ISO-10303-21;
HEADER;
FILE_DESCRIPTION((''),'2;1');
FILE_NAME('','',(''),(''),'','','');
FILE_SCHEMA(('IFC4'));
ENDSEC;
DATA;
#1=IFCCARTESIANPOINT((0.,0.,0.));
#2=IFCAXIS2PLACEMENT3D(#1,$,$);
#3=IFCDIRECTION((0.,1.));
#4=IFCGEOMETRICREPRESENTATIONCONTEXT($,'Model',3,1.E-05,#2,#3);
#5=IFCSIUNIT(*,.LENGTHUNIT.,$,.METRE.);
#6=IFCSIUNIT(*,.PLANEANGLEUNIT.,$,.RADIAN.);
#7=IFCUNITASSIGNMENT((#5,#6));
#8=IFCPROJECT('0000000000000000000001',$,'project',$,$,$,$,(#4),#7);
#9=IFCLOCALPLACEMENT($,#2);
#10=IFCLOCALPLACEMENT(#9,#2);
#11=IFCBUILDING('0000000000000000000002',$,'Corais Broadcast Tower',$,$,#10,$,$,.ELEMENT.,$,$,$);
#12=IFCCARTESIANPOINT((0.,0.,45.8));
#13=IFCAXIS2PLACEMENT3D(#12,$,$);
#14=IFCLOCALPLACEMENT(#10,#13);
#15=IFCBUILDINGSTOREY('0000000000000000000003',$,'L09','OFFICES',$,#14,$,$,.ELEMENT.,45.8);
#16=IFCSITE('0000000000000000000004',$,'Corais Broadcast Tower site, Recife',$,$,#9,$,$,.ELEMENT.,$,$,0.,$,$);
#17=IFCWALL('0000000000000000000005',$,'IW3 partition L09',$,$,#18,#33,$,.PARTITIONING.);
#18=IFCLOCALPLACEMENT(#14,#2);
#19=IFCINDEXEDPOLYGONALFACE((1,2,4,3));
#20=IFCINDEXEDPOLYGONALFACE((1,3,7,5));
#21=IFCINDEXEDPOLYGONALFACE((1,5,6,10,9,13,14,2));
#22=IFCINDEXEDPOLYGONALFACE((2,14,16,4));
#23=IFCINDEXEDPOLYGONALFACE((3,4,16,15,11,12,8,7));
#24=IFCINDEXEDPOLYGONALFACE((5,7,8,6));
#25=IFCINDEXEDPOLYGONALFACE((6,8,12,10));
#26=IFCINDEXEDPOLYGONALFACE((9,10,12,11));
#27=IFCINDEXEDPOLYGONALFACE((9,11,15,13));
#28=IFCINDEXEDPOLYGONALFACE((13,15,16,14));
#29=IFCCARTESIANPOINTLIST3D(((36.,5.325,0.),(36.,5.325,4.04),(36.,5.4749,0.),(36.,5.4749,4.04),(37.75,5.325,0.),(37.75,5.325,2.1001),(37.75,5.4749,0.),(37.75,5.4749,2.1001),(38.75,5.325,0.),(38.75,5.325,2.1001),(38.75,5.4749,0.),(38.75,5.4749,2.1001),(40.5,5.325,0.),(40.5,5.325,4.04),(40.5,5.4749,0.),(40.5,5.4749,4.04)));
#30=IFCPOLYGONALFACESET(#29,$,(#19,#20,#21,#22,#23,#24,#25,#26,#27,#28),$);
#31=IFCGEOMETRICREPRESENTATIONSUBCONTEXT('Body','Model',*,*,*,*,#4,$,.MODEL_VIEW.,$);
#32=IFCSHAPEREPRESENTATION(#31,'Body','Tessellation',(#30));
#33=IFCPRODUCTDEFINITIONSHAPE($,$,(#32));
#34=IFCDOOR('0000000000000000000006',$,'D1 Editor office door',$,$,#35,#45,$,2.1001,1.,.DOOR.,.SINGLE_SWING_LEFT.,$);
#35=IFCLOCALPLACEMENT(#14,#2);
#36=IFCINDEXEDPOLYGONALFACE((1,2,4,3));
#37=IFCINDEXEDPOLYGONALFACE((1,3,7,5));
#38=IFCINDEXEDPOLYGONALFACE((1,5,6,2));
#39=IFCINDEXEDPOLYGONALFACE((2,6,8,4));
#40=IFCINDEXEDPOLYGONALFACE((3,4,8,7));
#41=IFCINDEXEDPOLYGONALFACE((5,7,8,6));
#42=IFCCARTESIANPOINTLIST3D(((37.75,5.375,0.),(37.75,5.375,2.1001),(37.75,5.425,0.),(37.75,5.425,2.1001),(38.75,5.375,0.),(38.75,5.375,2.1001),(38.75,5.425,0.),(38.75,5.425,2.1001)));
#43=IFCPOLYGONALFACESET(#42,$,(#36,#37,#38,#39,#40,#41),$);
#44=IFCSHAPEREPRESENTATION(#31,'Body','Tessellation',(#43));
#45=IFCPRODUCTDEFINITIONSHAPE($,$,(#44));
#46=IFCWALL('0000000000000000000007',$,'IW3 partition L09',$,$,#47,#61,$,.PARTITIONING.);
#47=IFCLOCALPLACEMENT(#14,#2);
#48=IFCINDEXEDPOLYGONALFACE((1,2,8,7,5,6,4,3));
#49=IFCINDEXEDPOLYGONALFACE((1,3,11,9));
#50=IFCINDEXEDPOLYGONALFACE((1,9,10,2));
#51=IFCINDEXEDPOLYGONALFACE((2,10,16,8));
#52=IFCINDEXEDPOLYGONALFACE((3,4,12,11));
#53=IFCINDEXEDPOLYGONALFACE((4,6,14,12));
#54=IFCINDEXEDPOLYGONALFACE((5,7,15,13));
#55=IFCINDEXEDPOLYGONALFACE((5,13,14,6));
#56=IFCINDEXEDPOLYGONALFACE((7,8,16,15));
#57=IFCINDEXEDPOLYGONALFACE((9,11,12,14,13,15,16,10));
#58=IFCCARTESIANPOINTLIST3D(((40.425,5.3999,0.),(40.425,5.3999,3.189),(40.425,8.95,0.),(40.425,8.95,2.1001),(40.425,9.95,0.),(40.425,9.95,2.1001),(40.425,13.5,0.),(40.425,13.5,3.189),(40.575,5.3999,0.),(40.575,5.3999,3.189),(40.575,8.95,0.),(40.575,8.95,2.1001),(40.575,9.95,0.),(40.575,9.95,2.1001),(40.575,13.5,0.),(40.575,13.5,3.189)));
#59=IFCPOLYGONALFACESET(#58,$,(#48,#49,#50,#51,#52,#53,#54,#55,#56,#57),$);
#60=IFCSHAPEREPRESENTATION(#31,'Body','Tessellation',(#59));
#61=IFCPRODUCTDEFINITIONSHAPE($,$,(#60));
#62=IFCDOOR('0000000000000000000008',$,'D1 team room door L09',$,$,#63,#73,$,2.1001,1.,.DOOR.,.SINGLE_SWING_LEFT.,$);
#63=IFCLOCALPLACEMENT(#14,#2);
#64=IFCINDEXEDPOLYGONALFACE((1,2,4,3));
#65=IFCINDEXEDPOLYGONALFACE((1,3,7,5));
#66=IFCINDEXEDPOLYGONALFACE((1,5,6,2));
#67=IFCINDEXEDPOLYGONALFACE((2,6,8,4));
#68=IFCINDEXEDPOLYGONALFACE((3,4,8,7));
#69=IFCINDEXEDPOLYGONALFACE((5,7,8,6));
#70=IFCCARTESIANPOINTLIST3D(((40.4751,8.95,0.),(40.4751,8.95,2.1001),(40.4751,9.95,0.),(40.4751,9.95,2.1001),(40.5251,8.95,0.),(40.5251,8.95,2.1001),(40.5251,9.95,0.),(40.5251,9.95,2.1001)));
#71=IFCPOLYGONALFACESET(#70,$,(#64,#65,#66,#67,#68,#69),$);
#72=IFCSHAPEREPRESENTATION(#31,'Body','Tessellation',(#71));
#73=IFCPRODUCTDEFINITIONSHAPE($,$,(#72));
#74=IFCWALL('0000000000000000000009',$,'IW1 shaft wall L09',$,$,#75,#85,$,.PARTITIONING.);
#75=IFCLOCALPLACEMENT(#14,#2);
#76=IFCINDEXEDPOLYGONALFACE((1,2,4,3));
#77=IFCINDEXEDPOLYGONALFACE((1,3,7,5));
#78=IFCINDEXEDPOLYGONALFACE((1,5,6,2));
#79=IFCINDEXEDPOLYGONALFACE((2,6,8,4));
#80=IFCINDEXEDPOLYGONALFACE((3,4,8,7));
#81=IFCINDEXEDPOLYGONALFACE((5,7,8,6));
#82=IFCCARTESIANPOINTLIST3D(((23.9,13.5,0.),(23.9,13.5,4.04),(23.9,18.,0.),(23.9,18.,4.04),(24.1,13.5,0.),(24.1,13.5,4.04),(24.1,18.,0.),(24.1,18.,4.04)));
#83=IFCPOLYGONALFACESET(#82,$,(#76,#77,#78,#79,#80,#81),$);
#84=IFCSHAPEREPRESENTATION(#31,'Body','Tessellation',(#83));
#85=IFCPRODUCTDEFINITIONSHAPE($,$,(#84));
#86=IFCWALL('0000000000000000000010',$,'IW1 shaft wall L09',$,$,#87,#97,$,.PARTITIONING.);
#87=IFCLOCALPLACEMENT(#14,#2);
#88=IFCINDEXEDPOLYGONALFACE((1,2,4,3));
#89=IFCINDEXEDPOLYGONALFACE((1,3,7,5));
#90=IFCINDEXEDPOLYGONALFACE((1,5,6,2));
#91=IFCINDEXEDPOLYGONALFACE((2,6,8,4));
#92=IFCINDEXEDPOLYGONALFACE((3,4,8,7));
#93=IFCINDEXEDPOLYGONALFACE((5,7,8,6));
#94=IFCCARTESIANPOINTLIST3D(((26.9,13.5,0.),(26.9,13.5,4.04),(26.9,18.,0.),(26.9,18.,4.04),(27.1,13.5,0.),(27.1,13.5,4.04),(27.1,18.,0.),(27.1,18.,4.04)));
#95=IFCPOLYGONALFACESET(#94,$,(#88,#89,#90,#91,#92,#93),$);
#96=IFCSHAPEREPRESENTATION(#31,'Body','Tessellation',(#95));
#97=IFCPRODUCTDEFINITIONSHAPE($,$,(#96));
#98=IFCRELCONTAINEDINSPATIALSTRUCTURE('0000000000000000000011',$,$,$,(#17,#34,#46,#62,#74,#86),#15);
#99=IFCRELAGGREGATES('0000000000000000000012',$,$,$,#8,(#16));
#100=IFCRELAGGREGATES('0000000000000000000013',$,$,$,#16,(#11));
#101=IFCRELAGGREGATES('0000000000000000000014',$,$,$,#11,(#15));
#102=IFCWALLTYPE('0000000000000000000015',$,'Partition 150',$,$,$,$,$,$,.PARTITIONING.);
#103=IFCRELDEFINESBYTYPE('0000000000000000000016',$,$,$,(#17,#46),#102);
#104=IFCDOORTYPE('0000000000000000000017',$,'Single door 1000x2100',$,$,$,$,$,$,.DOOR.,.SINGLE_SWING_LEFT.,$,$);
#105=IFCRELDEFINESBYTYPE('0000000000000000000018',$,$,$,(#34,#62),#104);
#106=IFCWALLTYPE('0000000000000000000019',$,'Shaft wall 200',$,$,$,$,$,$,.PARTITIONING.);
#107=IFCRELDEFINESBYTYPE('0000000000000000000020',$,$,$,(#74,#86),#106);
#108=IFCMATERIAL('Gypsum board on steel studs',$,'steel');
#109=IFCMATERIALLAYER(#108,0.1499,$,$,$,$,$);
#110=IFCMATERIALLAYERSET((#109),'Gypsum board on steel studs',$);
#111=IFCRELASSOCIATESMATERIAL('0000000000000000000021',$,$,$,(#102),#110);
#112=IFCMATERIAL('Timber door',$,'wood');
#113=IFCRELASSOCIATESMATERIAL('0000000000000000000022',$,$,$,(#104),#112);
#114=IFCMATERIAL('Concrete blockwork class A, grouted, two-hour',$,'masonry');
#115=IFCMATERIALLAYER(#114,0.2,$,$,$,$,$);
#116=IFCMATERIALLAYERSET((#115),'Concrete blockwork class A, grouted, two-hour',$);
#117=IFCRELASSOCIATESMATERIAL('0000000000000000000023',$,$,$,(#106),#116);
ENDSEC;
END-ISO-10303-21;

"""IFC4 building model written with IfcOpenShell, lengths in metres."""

from ifc_helpers import new_model, si_unit, direction, frame, frame_2d, origin, place, context, subcontext, project, spatial, rectangle, extrude, material, layer, layer_set, type_object, element, fill, save


model = new_model("IFC4")

# Units and contexts
model_context = context("Model", 3, precision=1e-05, world=origin(), true_north=direction((0.0, 1.0)))
body_context = subcontext(model_context, "Body", "Model", "MODEL_VIEW")
ifc_project = project(units=[si_unit("LENGTHUNIT", "METRE"), si_unit("PLANEANGLEUNIT", "RADIAN")], contexts=[model_context])

# Site, building, storey
site_placement = place(None, origin())
site = spatial("IfcSite", under=ifc_project, at=site_placement, Name="Corais Broadcast Tower site, Recife", CompositionType="ELEMENT", RefElevation=0.0)
building_placement = place(site_placement, origin())
building = spatial("IfcBuilding", under=site, at=building_placement, Name="Corais Broadcast Tower", CompositionType="ELEMENT")
storey_placement = place(building_placement, frame((0.0, 0.0, 45.8)))
storey = spatial("IfcBuildingStorey", under=building, at=storey_placement, Name="L09", Description="OFFICES", CompositionType="ELEMENT", Elevation=45.8)

# Shared definitions
ifc_material_1 = material(Name="Gypsum board on steel studs", Category="steel")
ifc_layer_1 = layer(ifc_material_1, 0.1499)
ifc_layer_set_1 = layer_set([ifc_layer_1], Name="Gypsum board on steel studs")
wall_type_1 = type_object("IfcWallType", Name="Partition 150", PredefinedType="PARTITIONING", material=ifc_layer_set_1)

# Shared definitions
ifc_material_2 = material(Name="Timber door", Category="wood")
door_type = type_object("IfcDoorType", Name="Single door 1000x2100", OperationType="SINGLE_SWING_LEFT", PredefinedType="DOOR", material=ifc_material_2)

# Walls, openings, doors
wall_1_placement = place(storey_placement, frame((40.5, 5.3999, 0.0), z_axis=(0.0, 0.0, 1.0), x_axis=(-1.0, 0.0, 0.0)))
wall_1 = element("IfcWall", 1, at=wall_1_placement, inside=storey, type_object=wall_type_1, Name="IW3 partition L09", PredefinedType="PARTITIONING", context=body_context, shape_type="SweptSolid", body=[
    extrude(rectangle(XDim=4.5, YDim=0.1499, at=frame_2d((2.25, 0.0))), origin(), (0.0, 0.0, 1.0), 4.04),
])
opening_1_placement = place(wall_1_placement, frame((1.75, 0.0, 0.0)))
opening_1 = element("IfcOpeningElement", 2, at=opening_1_placement, cuts=wall_1, PredefinedType="OPENING", context=body_context, shape_type="SweptSolid", body=[
    extrude(rectangle(XDim=1.0, YDim=2.1001, at=frame_2d((0.5, 1.05))), frame((0.0, 0.085, 0.0), z_axis=(0.0, -1.0, 0.0), x_axis=(1.0, 0.0, 0.0)), (0.0, 0.0, 1.0), 0.1699),
])
door_1_placement = place(opening_1_placement, origin())
door_1 = element("IfcDoor", 3, at=door_1_placement, inside=storey, type_object=door_type, Name="D1 Editor office door", OperationType="SINGLE_SWING_LEFT", OverallHeight=2.1001, OverallWidth=1.0, PredefinedType="DOOR", context=body_context, shape_type="SweptSolid", body=[
    extrude(rectangle(XDim=1.0, YDim=2.1001, at=frame_2d((0.5, 1.05))), frame((0.0, 0.0249, 0.0), z_axis=(0.0, -1.0, 0.0), x_axis=(1.0, 0.0, 0.0)), (0.0, 0.0, 1.0), 0.05),
])
fill(opening_1, door_1)
wall_2_placement = place(storey_placement, frame((40.5, 5.3999, 0.0), z_axis=(0.0, 0.0, 1.0), x_axis=(0.0, 1.0, 0.0)))
wall_2 = element("IfcWall", 4, at=wall_2_placement, inside=storey, type_object=wall_type_1, Name="IW3 partition L09", PredefinedType="PARTITIONING", context=body_context, shape_type="SweptSolid", body=[
    extrude(rectangle(XDim=8.1001, YDim=0.1499, at=frame_2d((4.05, 0.0))), origin(), (0.0, 0.0, 1.0), 3.189),
])
opening_2_placement = place(wall_2_placement, frame((3.55, 0.0, 0.0)))
opening_2 = element("IfcOpeningElement", 5, at=opening_2_placement, cuts=wall_2, PredefinedType="OPENING", context=body_context, shape_type="SweptSolid", body=[
    extrude(rectangle(XDim=1.0, YDim=2.1001, at=frame_2d((0.5, 1.05))), frame((0.0, 0.085, 0.0), z_axis=(0.0, -1.0, 0.0), x_axis=(1.0, 0.0, 0.0)), (0.0, 0.0, 1.0), 0.1699),
])
door_2_placement = place(opening_2_placement, origin())
door_2 = element("IfcDoor", 6, at=door_2_placement, inside=storey, type_object=door_type, Name="D1 team room door L09", OperationType="SINGLE_SWING_LEFT", OverallHeight=2.1001, OverallWidth=1.0, PredefinedType="DOOR", context=body_context, shape_type="SweptSolid", body=[
    extrude(rectangle(XDim=1.0, YDim=2.1001, at=frame_2d((0.5, 1.05))), frame((0.0, 0.0249, 0.0), z_axis=(0.0, -1.0, 0.0), x_axis=(1.0, 0.0, 0.0)), (0.0, 0.0, 1.0), 0.05),
])
fill(opening_2, door_2)

# Walls
ifc_material_3 = material(Name="Concrete blockwork class A, grouted, two-hour", Category="masonry")
ifc_layer_2 = layer(ifc_material_3, 0.2)
ifc_layer_set_2 = layer_set([ifc_layer_2], Name="Concrete blockwork class A, grouted, two-hour")
wall_type_2 = type_object("IfcWallType", Name="Shaft wall 200", PredefinedType="PARTITIONING", material=ifc_layer_set_2)
for number, where, z_axis, x_axis, name in (
    (7, (24.0, 13.5, 0.0), (0.0, 0.0, 1.0), (0.0, 1.0, 0.0), "IW1 shaft wall L09"),
    (8, (27.0, 13.5, 0.0), (0.0, 0.0, 1.0), (0.0, 1.0, 0.0), "IW1 shaft wall L09"),
):
    element("IfcWall", number, at=place(storey_placement, frame(where, z_axis=z_axis, x_axis=x_axis)), inside=storey, type_object=wall_type_2, Name=name, PredefinedType="PARTITIONING", context=body_context, shape_type="SweptSolid", body=[
        extrude(rectangle(XDim=4.5, YDim=0.2, at=frame_2d((2.25, 0.0))), origin(), (0.0, 0.0, 1.0), 4.04),
    ])

save(model, "model.ifc")
